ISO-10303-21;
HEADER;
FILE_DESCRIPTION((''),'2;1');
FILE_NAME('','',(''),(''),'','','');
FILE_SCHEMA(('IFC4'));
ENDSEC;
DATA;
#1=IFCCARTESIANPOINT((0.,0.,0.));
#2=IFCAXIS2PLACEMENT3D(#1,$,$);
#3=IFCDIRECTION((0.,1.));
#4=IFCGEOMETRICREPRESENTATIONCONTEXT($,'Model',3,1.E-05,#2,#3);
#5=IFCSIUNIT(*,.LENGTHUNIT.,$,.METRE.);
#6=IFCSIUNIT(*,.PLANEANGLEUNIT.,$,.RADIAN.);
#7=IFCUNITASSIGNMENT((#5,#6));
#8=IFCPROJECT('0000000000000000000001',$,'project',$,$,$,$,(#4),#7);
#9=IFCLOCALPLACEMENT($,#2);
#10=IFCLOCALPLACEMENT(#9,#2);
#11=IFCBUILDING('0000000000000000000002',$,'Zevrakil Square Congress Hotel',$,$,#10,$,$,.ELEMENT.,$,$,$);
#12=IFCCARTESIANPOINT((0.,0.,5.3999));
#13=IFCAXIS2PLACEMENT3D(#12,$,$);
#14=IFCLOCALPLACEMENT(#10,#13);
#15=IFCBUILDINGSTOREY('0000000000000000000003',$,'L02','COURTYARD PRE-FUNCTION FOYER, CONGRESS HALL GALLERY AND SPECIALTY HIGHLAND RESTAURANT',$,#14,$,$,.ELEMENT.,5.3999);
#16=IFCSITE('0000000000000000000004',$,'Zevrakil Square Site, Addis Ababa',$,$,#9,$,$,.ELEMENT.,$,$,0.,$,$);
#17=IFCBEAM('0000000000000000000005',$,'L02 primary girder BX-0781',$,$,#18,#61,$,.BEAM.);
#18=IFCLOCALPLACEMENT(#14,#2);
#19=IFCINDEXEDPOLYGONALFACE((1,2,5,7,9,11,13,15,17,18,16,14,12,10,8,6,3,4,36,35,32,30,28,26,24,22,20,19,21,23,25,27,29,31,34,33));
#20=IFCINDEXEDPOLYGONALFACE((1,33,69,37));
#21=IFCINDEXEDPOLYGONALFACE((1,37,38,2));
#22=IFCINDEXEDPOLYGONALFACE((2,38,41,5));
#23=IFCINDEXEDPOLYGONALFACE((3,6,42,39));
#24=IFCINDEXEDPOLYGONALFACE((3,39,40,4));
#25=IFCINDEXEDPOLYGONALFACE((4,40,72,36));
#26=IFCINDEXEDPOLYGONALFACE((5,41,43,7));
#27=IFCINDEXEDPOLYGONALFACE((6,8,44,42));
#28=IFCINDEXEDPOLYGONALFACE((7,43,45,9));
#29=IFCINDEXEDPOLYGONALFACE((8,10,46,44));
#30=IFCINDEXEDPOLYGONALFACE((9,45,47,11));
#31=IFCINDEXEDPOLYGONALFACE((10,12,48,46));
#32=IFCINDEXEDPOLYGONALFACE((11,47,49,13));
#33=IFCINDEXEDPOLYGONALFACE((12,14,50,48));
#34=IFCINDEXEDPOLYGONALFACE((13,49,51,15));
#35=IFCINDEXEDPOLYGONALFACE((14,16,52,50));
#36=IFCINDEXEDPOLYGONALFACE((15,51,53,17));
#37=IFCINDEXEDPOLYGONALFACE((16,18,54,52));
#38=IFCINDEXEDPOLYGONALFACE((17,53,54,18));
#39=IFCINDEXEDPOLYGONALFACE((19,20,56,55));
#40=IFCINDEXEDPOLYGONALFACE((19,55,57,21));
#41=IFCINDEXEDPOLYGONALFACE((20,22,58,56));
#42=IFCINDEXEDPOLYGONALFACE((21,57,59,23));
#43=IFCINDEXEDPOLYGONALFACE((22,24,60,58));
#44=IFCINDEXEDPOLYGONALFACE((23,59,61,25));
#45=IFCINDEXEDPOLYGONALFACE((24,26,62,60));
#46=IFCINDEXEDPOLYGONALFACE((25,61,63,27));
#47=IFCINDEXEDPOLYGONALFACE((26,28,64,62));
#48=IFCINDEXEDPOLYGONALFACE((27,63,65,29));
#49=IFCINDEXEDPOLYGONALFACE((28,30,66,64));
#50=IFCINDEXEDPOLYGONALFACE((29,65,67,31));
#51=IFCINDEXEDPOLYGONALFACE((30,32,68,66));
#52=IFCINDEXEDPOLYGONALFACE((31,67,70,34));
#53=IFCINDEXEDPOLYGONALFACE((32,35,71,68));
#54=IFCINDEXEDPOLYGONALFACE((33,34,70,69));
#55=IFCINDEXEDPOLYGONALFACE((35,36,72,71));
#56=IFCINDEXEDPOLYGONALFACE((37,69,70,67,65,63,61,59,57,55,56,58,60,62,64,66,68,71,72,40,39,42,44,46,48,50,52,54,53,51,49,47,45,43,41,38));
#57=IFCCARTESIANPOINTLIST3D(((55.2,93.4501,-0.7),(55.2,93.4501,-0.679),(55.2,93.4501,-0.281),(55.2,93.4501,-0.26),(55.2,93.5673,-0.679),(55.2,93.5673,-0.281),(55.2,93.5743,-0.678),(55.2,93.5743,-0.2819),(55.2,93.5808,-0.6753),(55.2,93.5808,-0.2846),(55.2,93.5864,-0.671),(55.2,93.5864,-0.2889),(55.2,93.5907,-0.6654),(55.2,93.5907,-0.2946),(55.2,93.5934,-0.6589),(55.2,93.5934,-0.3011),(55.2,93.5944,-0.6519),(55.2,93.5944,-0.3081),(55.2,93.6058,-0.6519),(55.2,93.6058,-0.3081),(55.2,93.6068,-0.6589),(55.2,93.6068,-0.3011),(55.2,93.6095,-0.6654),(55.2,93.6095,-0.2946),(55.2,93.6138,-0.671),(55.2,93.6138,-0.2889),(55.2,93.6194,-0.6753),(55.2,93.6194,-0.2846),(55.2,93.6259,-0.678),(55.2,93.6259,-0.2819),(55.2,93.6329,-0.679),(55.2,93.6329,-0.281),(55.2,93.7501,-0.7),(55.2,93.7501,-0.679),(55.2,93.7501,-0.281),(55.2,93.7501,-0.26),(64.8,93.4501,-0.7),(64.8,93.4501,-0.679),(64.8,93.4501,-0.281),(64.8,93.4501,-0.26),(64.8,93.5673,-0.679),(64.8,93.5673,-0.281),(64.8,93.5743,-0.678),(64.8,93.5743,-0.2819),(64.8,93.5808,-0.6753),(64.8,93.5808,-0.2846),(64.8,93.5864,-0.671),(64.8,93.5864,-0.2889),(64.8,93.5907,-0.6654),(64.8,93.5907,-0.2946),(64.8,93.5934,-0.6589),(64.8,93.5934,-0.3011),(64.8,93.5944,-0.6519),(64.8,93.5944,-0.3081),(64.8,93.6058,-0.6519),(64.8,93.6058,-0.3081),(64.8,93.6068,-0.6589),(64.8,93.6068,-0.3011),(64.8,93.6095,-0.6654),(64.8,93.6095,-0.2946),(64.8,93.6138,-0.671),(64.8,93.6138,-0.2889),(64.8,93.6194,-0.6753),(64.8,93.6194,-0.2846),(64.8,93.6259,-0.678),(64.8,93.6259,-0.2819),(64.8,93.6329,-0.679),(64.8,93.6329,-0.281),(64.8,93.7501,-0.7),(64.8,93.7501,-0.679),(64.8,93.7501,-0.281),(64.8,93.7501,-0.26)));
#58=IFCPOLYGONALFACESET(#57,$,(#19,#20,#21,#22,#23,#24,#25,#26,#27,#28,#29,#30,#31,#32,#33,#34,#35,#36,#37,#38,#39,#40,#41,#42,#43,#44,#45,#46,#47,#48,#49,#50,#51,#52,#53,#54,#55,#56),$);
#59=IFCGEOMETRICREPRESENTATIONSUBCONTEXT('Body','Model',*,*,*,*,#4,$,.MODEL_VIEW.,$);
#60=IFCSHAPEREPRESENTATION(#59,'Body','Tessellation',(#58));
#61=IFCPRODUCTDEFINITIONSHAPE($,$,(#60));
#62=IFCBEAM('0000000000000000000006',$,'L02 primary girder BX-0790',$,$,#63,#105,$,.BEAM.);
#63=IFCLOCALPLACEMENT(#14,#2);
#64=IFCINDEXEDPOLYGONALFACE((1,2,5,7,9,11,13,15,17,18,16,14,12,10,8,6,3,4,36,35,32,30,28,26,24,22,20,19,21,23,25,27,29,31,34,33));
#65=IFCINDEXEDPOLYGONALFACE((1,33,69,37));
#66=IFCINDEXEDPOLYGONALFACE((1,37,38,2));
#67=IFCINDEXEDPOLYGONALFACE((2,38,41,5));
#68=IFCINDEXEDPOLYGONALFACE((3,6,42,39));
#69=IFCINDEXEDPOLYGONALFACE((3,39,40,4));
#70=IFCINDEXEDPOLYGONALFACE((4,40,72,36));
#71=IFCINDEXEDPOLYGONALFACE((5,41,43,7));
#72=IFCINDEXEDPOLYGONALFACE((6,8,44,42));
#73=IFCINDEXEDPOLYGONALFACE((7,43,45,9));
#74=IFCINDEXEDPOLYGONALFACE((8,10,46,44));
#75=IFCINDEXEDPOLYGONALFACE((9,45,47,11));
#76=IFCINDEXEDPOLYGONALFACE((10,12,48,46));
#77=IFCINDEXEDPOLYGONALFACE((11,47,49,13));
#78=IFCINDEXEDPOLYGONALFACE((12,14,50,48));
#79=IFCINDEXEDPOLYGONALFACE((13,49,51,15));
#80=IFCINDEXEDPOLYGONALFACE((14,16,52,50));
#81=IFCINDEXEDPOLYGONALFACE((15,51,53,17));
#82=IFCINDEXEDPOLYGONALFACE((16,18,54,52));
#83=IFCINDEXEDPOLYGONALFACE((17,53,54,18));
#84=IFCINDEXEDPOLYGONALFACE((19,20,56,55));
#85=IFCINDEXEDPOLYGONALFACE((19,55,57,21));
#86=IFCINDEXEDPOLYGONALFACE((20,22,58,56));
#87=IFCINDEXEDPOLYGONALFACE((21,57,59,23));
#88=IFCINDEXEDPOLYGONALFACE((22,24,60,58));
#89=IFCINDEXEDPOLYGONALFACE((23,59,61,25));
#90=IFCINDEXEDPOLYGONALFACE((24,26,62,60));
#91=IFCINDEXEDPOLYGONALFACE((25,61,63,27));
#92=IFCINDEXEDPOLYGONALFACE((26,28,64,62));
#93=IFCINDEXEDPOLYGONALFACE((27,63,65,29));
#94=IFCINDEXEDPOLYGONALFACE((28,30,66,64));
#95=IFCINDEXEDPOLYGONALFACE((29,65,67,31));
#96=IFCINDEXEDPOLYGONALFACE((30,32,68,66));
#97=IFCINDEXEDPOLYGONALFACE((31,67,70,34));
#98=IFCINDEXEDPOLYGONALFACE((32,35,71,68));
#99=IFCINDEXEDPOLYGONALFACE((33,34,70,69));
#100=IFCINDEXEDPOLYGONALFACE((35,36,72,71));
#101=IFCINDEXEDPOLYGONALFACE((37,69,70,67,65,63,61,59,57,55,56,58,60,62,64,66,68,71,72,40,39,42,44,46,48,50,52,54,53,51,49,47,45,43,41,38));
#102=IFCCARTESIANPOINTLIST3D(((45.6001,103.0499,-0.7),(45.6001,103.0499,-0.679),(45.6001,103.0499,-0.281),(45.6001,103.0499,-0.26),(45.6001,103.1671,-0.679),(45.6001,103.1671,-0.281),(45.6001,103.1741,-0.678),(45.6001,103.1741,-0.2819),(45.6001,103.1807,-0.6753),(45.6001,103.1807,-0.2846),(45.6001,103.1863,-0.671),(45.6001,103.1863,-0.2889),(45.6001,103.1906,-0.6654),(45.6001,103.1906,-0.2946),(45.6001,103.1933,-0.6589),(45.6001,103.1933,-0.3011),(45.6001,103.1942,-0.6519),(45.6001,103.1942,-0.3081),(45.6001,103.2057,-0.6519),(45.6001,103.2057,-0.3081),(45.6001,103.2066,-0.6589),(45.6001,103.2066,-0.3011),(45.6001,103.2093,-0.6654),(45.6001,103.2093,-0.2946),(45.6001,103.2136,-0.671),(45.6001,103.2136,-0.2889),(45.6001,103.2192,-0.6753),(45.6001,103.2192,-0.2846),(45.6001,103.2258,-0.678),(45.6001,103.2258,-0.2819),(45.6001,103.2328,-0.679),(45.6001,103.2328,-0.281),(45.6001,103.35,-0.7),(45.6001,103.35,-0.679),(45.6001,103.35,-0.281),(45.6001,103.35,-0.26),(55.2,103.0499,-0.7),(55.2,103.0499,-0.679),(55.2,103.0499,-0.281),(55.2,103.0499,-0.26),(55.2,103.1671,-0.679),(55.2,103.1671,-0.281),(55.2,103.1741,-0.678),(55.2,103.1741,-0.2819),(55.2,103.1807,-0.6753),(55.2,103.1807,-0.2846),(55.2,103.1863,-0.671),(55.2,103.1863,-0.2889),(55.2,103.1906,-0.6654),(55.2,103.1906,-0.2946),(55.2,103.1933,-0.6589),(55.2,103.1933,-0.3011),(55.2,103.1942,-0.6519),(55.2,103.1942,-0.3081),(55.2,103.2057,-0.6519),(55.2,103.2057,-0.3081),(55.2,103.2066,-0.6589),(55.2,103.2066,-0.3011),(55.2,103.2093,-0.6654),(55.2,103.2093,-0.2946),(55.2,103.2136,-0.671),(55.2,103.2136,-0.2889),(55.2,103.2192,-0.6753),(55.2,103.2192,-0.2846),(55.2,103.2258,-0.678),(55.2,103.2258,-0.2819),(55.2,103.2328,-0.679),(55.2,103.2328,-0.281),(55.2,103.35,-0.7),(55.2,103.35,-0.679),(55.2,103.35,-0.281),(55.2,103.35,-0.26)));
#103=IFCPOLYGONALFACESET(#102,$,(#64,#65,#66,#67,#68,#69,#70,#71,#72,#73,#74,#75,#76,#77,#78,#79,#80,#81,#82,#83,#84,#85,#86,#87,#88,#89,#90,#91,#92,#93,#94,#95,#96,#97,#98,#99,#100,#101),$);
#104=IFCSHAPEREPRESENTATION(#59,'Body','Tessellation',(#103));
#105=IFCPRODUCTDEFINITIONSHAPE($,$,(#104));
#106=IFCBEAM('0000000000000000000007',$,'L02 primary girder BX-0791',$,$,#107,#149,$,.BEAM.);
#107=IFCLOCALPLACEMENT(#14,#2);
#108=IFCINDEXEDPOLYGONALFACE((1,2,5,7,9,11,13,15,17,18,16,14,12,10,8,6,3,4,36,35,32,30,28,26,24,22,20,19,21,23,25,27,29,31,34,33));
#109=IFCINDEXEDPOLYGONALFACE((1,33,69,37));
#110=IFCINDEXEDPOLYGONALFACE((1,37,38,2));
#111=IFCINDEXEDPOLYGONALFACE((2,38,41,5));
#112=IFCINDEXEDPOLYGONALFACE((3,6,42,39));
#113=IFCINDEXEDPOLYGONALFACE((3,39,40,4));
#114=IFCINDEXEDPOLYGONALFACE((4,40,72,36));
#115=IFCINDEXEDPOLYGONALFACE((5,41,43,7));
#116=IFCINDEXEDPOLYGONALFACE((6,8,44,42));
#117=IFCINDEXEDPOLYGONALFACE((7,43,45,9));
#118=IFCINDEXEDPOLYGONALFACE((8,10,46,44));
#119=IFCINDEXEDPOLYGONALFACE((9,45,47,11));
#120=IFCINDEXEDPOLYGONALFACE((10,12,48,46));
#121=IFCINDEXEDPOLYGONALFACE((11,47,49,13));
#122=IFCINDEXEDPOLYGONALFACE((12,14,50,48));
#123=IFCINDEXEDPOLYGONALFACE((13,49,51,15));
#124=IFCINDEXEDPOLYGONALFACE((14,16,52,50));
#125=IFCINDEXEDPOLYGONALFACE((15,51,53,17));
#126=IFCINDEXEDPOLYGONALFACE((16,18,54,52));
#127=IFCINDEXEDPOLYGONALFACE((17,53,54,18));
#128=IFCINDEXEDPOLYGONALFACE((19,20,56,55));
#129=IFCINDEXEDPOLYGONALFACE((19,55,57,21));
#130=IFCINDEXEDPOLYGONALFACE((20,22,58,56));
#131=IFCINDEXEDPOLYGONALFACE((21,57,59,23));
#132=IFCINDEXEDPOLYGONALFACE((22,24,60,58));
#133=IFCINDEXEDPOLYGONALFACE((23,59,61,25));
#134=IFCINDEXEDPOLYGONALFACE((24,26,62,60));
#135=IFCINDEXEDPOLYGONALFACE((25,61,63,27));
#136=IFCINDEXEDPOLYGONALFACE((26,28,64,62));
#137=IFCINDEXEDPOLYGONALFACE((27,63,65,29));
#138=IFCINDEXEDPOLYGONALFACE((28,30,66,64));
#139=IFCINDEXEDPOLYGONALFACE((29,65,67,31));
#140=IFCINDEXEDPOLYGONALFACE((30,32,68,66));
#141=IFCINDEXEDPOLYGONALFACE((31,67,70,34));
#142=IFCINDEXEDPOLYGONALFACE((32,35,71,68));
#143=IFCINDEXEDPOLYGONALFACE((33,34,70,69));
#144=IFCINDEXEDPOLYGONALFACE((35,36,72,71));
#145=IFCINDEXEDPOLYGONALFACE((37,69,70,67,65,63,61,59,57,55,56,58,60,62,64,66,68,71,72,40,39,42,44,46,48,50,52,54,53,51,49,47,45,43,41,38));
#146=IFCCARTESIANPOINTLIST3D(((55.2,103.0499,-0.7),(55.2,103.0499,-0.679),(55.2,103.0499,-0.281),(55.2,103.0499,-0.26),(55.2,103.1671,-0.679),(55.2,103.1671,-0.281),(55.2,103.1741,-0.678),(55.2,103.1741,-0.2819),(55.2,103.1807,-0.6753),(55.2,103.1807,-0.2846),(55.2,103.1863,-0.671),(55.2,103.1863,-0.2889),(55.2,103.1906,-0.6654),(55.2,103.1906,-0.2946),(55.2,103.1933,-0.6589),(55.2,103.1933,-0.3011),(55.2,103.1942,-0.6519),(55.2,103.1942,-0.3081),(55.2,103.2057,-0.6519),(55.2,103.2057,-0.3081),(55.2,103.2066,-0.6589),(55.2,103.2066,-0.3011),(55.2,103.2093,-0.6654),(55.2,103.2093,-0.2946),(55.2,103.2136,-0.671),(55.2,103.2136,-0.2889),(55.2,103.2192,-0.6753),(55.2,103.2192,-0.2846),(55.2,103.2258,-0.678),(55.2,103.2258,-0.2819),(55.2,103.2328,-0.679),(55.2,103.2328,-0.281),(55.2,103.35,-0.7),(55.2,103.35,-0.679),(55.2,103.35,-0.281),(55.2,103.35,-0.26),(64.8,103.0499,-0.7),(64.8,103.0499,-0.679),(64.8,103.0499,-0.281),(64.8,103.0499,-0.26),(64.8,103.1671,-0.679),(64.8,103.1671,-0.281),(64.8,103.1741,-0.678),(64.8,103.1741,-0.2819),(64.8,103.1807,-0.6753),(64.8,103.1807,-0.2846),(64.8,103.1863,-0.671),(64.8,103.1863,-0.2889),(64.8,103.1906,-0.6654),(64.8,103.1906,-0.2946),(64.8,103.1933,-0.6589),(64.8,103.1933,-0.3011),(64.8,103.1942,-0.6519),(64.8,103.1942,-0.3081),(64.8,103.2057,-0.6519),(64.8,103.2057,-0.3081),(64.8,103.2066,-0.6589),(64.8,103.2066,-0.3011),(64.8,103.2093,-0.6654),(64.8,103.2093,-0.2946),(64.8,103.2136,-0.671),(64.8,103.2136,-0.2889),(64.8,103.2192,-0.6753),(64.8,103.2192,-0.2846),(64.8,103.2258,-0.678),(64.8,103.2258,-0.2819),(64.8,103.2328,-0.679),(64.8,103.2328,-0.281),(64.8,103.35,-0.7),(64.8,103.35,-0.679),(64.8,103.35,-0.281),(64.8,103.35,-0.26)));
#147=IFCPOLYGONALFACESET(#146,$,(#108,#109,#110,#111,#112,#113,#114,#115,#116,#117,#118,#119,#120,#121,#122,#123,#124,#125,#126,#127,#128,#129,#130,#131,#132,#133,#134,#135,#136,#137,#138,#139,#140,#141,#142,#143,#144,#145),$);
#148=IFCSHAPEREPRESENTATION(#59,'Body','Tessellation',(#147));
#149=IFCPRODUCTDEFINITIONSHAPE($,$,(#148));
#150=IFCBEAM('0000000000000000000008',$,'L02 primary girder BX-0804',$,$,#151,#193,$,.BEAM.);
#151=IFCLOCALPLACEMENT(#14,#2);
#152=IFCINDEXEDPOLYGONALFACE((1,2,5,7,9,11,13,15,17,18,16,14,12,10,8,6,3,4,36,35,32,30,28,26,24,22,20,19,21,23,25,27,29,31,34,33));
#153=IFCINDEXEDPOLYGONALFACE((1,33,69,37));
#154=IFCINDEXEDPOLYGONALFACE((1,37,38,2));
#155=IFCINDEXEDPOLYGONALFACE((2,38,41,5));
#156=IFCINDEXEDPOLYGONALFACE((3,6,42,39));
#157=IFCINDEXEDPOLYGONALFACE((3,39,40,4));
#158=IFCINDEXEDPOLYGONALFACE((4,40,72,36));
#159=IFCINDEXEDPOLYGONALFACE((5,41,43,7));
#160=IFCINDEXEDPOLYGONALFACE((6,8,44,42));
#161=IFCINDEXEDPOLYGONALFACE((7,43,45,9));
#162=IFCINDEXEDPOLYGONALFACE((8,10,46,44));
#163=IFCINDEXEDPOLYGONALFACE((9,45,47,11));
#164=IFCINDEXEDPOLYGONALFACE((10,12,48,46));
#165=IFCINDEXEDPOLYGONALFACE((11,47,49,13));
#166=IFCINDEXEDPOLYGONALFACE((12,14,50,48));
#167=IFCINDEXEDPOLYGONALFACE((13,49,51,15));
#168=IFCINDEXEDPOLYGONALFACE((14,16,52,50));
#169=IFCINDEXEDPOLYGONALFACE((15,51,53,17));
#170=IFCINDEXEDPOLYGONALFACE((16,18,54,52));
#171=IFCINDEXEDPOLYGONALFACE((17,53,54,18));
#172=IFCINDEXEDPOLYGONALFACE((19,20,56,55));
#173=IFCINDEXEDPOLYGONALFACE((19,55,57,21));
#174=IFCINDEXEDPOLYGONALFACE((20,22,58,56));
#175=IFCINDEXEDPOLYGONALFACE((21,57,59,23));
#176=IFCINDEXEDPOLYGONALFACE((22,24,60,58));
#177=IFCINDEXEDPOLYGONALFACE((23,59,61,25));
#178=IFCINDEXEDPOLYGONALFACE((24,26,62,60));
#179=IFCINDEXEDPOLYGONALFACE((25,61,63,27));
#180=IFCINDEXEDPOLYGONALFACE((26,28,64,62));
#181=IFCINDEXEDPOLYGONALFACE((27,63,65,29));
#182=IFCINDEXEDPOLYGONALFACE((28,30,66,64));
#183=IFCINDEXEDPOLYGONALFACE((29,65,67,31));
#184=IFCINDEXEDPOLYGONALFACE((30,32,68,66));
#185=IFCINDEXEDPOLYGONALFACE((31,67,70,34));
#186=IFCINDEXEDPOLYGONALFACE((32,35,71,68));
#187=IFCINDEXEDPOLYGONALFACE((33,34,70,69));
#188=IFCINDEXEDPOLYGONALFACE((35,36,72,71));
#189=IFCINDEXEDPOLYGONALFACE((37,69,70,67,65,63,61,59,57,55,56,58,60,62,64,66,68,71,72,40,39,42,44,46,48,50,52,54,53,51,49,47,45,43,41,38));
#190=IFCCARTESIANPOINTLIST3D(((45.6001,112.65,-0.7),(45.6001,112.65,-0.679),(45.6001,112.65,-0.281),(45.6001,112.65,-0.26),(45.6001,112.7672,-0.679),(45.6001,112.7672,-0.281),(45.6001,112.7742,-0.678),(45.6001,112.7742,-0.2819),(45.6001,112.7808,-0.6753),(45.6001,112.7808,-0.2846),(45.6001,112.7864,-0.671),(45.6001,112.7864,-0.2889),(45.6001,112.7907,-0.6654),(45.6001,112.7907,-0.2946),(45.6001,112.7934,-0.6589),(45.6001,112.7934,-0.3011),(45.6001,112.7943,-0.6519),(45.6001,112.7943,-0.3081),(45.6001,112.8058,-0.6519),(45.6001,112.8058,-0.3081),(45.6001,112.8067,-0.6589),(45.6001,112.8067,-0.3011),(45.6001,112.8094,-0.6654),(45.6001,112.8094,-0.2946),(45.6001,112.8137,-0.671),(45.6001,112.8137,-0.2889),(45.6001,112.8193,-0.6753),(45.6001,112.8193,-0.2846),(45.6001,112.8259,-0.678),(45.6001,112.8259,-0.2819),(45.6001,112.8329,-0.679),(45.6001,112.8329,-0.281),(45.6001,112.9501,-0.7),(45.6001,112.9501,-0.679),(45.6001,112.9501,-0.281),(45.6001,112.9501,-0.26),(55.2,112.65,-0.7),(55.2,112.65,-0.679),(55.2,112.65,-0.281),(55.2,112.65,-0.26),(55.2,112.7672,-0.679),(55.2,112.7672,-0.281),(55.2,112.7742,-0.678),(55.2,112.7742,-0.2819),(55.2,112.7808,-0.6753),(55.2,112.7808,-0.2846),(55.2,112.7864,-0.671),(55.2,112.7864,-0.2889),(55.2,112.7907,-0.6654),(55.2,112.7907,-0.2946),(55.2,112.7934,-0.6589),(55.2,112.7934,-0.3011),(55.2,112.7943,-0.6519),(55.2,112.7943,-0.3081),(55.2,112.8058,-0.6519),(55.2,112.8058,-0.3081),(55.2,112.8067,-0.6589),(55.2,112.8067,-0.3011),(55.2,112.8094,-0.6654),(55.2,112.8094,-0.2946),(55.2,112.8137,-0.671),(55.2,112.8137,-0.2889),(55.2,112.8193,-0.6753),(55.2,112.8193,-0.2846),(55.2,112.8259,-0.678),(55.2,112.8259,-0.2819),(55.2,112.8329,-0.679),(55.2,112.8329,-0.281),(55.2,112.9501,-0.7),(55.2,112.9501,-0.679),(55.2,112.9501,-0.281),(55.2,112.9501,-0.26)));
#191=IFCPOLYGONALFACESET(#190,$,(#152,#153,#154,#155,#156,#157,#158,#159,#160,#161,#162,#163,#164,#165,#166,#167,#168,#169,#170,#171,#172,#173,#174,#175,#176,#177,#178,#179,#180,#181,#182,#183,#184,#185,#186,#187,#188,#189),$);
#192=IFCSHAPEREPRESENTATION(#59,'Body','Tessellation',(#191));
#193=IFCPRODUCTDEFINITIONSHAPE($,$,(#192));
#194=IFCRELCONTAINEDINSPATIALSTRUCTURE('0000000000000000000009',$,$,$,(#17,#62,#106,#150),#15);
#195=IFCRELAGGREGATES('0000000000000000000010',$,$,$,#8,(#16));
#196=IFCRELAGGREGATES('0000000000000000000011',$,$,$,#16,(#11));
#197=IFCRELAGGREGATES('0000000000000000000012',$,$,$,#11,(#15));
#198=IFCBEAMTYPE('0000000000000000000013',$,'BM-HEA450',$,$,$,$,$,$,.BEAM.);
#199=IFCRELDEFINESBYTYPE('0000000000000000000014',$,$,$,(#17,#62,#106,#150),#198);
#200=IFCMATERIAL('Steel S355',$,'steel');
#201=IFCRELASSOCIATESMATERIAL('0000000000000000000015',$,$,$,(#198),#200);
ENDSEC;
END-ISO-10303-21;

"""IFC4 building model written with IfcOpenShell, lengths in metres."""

from ifc_helpers import new_model, si_unit, direction, frame, origin, origin_2d, place, context, subcontext, project, spatial, i_section, extrude, material, material_profile, profile_set, type_object, element, save


model = new_model("IFC4")

# Units and contexts
model_context = context("Model", 3, precision=1e-05, world=origin(), true_north=direction((0.0, 1.0)))
body_context = subcontext(model_context, "Body", "Model", "MODEL_VIEW")
ifc_project = project(units=[si_unit("LENGTHUNIT", "METRE"), si_unit("PLANEANGLEUNIT", "RADIAN")], contexts=[model_context])

# Site, building, storey
site_placement = place(None, origin())
site = spatial("IfcSite", under=ifc_project, at=site_placement, Name="Zevrakil Square Site, Addis Ababa", CompositionType="ELEMENT", RefElevation=0.0)
building_placement = place(site_placement, origin())
building = spatial("IfcBuilding", under=site, at=building_placement, Name="Zevrakil Square Congress Hotel", CompositionType="ELEMENT")
storey_placement = place(building_placement, frame((0.0, 0.0, 5.3999)))
storey = spatial("IfcBuildingStorey", under=building, at=storey_placement, Name="L02", Description="COURTYARD PRE-FUNCTION FOYER, CONGRESS HALL GALLERY AND SPECIALTY HIGHLAND RESTAURANT", CompositionType="ELEMENT", Elevation=5.3999)

# Beams
ifc_material_1 = material(Name="Steel S355", Category="steel")
ifc_material_profile_1 = material_profile(ifc_material_1, i_section(OverallWidth=0.3, OverallDepth=0.4399, WebThickness=0.0115, FlangeThickness=0.021, FilletRadius=0.0271, at=origin_2d()), Name="HEA 450")
ifc_profile_set_1 = profile_set([ifc_material_profile_1], Name="Steel S355")
beam_type_1 = type_object("IfcBeamType", Name="BM-HEA450", PredefinedType="BEAM", material=ifc_profile_set_1)
beam_1_placement = place(storey_placement, frame((55.2, 93.6001, -0.48), z_axis=(1.0, 0.0, 0.0), x_axis=(0.0, 1.0, 0.0)))
element("IfcBeam", 1, at=beam_1_placement, inside=storey, type_object=beam_type_1, Name="L02 primary girder BX-0781", PredefinedType="BEAM", context=body_context, shape_type="SweptSolid", body=[
    extrude(i_section(OverallWidth=0.3, OverallDepth=0.4399, WebThickness=0.0115, FlangeThickness=0.021, FilletRadius=0.0271, at=origin_2d()), origin(), (0.0, 0.0, 1.0), 9.6001),
])
beam_2_placement = place(storey_placement, frame((45.6001, 103.2, -0.48), z_axis=(1.0, 0.0, 0.0), x_axis=(0.0, 1.0, 0.0)))
element("IfcBeam", 2, at=beam_2_placement, inside=storey, type_object=beam_type_1, Name="L02 primary girder BX-0790", PredefinedType="BEAM", context=body_context, shape_type="SweptSolid", body=[
    extrude(i_section(OverallWidth=0.3, OverallDepth=0.4399, WebThickness=0.0115, FlangeThickness=0.021, FilletRadius=0.0271, at=origin_2d()), origin(), (0.0, 0.0, 1.0), 9.5999),
])
beam_3_placement = place(storey_placement, frame((55.2, 103.2, -0.48), z_axis=(1.0, 0.0, 0.0), x_axis=(0.0, 1.0, 0.0)))
element("IfcBeam", 3, at=beam_3_placement, inside=storey, type_object=beam_type_1, Name="L02 primary girder BX-0791", PredefinedType="BEAM", context=body_context, shape_type="SweptSolid", body=[
    extrude(i_section(OverallWidth=0.3, OverallDepth=0.4399, WebThickness=0.0115, FlangeThickness=0.021, FilletRadius=0.0271, at=origin_2d()), origin(), (0.0, 0.0, 1.0), 9.6001),
])
beam_4_placement = place(storey_placement, frame((45.6001, 112.8, -0.48), z_axis=(1.0, 0.0, 0.0), x_axis=(0.0, 1.0, 0.0)))
element("IfcBeam", 4, at=beam_4_placement, inside=storey, type_object=beam_type_1, Name="L02 primary girder BX-0804", PredefinedType="BEAM", context=body_context, shape_type="SweptSolid", body=[
    extrude(i_section(OverallWidth=0.3, OverallDepth=0.4399, WebThickness=0.0115, FlangeThickness=0.021, FilletRadius=0.0271, at=origin_2d()), origin(), (0.0, 0.0, 1.0), 9.5999),
])

save(model, "model.ifc")
